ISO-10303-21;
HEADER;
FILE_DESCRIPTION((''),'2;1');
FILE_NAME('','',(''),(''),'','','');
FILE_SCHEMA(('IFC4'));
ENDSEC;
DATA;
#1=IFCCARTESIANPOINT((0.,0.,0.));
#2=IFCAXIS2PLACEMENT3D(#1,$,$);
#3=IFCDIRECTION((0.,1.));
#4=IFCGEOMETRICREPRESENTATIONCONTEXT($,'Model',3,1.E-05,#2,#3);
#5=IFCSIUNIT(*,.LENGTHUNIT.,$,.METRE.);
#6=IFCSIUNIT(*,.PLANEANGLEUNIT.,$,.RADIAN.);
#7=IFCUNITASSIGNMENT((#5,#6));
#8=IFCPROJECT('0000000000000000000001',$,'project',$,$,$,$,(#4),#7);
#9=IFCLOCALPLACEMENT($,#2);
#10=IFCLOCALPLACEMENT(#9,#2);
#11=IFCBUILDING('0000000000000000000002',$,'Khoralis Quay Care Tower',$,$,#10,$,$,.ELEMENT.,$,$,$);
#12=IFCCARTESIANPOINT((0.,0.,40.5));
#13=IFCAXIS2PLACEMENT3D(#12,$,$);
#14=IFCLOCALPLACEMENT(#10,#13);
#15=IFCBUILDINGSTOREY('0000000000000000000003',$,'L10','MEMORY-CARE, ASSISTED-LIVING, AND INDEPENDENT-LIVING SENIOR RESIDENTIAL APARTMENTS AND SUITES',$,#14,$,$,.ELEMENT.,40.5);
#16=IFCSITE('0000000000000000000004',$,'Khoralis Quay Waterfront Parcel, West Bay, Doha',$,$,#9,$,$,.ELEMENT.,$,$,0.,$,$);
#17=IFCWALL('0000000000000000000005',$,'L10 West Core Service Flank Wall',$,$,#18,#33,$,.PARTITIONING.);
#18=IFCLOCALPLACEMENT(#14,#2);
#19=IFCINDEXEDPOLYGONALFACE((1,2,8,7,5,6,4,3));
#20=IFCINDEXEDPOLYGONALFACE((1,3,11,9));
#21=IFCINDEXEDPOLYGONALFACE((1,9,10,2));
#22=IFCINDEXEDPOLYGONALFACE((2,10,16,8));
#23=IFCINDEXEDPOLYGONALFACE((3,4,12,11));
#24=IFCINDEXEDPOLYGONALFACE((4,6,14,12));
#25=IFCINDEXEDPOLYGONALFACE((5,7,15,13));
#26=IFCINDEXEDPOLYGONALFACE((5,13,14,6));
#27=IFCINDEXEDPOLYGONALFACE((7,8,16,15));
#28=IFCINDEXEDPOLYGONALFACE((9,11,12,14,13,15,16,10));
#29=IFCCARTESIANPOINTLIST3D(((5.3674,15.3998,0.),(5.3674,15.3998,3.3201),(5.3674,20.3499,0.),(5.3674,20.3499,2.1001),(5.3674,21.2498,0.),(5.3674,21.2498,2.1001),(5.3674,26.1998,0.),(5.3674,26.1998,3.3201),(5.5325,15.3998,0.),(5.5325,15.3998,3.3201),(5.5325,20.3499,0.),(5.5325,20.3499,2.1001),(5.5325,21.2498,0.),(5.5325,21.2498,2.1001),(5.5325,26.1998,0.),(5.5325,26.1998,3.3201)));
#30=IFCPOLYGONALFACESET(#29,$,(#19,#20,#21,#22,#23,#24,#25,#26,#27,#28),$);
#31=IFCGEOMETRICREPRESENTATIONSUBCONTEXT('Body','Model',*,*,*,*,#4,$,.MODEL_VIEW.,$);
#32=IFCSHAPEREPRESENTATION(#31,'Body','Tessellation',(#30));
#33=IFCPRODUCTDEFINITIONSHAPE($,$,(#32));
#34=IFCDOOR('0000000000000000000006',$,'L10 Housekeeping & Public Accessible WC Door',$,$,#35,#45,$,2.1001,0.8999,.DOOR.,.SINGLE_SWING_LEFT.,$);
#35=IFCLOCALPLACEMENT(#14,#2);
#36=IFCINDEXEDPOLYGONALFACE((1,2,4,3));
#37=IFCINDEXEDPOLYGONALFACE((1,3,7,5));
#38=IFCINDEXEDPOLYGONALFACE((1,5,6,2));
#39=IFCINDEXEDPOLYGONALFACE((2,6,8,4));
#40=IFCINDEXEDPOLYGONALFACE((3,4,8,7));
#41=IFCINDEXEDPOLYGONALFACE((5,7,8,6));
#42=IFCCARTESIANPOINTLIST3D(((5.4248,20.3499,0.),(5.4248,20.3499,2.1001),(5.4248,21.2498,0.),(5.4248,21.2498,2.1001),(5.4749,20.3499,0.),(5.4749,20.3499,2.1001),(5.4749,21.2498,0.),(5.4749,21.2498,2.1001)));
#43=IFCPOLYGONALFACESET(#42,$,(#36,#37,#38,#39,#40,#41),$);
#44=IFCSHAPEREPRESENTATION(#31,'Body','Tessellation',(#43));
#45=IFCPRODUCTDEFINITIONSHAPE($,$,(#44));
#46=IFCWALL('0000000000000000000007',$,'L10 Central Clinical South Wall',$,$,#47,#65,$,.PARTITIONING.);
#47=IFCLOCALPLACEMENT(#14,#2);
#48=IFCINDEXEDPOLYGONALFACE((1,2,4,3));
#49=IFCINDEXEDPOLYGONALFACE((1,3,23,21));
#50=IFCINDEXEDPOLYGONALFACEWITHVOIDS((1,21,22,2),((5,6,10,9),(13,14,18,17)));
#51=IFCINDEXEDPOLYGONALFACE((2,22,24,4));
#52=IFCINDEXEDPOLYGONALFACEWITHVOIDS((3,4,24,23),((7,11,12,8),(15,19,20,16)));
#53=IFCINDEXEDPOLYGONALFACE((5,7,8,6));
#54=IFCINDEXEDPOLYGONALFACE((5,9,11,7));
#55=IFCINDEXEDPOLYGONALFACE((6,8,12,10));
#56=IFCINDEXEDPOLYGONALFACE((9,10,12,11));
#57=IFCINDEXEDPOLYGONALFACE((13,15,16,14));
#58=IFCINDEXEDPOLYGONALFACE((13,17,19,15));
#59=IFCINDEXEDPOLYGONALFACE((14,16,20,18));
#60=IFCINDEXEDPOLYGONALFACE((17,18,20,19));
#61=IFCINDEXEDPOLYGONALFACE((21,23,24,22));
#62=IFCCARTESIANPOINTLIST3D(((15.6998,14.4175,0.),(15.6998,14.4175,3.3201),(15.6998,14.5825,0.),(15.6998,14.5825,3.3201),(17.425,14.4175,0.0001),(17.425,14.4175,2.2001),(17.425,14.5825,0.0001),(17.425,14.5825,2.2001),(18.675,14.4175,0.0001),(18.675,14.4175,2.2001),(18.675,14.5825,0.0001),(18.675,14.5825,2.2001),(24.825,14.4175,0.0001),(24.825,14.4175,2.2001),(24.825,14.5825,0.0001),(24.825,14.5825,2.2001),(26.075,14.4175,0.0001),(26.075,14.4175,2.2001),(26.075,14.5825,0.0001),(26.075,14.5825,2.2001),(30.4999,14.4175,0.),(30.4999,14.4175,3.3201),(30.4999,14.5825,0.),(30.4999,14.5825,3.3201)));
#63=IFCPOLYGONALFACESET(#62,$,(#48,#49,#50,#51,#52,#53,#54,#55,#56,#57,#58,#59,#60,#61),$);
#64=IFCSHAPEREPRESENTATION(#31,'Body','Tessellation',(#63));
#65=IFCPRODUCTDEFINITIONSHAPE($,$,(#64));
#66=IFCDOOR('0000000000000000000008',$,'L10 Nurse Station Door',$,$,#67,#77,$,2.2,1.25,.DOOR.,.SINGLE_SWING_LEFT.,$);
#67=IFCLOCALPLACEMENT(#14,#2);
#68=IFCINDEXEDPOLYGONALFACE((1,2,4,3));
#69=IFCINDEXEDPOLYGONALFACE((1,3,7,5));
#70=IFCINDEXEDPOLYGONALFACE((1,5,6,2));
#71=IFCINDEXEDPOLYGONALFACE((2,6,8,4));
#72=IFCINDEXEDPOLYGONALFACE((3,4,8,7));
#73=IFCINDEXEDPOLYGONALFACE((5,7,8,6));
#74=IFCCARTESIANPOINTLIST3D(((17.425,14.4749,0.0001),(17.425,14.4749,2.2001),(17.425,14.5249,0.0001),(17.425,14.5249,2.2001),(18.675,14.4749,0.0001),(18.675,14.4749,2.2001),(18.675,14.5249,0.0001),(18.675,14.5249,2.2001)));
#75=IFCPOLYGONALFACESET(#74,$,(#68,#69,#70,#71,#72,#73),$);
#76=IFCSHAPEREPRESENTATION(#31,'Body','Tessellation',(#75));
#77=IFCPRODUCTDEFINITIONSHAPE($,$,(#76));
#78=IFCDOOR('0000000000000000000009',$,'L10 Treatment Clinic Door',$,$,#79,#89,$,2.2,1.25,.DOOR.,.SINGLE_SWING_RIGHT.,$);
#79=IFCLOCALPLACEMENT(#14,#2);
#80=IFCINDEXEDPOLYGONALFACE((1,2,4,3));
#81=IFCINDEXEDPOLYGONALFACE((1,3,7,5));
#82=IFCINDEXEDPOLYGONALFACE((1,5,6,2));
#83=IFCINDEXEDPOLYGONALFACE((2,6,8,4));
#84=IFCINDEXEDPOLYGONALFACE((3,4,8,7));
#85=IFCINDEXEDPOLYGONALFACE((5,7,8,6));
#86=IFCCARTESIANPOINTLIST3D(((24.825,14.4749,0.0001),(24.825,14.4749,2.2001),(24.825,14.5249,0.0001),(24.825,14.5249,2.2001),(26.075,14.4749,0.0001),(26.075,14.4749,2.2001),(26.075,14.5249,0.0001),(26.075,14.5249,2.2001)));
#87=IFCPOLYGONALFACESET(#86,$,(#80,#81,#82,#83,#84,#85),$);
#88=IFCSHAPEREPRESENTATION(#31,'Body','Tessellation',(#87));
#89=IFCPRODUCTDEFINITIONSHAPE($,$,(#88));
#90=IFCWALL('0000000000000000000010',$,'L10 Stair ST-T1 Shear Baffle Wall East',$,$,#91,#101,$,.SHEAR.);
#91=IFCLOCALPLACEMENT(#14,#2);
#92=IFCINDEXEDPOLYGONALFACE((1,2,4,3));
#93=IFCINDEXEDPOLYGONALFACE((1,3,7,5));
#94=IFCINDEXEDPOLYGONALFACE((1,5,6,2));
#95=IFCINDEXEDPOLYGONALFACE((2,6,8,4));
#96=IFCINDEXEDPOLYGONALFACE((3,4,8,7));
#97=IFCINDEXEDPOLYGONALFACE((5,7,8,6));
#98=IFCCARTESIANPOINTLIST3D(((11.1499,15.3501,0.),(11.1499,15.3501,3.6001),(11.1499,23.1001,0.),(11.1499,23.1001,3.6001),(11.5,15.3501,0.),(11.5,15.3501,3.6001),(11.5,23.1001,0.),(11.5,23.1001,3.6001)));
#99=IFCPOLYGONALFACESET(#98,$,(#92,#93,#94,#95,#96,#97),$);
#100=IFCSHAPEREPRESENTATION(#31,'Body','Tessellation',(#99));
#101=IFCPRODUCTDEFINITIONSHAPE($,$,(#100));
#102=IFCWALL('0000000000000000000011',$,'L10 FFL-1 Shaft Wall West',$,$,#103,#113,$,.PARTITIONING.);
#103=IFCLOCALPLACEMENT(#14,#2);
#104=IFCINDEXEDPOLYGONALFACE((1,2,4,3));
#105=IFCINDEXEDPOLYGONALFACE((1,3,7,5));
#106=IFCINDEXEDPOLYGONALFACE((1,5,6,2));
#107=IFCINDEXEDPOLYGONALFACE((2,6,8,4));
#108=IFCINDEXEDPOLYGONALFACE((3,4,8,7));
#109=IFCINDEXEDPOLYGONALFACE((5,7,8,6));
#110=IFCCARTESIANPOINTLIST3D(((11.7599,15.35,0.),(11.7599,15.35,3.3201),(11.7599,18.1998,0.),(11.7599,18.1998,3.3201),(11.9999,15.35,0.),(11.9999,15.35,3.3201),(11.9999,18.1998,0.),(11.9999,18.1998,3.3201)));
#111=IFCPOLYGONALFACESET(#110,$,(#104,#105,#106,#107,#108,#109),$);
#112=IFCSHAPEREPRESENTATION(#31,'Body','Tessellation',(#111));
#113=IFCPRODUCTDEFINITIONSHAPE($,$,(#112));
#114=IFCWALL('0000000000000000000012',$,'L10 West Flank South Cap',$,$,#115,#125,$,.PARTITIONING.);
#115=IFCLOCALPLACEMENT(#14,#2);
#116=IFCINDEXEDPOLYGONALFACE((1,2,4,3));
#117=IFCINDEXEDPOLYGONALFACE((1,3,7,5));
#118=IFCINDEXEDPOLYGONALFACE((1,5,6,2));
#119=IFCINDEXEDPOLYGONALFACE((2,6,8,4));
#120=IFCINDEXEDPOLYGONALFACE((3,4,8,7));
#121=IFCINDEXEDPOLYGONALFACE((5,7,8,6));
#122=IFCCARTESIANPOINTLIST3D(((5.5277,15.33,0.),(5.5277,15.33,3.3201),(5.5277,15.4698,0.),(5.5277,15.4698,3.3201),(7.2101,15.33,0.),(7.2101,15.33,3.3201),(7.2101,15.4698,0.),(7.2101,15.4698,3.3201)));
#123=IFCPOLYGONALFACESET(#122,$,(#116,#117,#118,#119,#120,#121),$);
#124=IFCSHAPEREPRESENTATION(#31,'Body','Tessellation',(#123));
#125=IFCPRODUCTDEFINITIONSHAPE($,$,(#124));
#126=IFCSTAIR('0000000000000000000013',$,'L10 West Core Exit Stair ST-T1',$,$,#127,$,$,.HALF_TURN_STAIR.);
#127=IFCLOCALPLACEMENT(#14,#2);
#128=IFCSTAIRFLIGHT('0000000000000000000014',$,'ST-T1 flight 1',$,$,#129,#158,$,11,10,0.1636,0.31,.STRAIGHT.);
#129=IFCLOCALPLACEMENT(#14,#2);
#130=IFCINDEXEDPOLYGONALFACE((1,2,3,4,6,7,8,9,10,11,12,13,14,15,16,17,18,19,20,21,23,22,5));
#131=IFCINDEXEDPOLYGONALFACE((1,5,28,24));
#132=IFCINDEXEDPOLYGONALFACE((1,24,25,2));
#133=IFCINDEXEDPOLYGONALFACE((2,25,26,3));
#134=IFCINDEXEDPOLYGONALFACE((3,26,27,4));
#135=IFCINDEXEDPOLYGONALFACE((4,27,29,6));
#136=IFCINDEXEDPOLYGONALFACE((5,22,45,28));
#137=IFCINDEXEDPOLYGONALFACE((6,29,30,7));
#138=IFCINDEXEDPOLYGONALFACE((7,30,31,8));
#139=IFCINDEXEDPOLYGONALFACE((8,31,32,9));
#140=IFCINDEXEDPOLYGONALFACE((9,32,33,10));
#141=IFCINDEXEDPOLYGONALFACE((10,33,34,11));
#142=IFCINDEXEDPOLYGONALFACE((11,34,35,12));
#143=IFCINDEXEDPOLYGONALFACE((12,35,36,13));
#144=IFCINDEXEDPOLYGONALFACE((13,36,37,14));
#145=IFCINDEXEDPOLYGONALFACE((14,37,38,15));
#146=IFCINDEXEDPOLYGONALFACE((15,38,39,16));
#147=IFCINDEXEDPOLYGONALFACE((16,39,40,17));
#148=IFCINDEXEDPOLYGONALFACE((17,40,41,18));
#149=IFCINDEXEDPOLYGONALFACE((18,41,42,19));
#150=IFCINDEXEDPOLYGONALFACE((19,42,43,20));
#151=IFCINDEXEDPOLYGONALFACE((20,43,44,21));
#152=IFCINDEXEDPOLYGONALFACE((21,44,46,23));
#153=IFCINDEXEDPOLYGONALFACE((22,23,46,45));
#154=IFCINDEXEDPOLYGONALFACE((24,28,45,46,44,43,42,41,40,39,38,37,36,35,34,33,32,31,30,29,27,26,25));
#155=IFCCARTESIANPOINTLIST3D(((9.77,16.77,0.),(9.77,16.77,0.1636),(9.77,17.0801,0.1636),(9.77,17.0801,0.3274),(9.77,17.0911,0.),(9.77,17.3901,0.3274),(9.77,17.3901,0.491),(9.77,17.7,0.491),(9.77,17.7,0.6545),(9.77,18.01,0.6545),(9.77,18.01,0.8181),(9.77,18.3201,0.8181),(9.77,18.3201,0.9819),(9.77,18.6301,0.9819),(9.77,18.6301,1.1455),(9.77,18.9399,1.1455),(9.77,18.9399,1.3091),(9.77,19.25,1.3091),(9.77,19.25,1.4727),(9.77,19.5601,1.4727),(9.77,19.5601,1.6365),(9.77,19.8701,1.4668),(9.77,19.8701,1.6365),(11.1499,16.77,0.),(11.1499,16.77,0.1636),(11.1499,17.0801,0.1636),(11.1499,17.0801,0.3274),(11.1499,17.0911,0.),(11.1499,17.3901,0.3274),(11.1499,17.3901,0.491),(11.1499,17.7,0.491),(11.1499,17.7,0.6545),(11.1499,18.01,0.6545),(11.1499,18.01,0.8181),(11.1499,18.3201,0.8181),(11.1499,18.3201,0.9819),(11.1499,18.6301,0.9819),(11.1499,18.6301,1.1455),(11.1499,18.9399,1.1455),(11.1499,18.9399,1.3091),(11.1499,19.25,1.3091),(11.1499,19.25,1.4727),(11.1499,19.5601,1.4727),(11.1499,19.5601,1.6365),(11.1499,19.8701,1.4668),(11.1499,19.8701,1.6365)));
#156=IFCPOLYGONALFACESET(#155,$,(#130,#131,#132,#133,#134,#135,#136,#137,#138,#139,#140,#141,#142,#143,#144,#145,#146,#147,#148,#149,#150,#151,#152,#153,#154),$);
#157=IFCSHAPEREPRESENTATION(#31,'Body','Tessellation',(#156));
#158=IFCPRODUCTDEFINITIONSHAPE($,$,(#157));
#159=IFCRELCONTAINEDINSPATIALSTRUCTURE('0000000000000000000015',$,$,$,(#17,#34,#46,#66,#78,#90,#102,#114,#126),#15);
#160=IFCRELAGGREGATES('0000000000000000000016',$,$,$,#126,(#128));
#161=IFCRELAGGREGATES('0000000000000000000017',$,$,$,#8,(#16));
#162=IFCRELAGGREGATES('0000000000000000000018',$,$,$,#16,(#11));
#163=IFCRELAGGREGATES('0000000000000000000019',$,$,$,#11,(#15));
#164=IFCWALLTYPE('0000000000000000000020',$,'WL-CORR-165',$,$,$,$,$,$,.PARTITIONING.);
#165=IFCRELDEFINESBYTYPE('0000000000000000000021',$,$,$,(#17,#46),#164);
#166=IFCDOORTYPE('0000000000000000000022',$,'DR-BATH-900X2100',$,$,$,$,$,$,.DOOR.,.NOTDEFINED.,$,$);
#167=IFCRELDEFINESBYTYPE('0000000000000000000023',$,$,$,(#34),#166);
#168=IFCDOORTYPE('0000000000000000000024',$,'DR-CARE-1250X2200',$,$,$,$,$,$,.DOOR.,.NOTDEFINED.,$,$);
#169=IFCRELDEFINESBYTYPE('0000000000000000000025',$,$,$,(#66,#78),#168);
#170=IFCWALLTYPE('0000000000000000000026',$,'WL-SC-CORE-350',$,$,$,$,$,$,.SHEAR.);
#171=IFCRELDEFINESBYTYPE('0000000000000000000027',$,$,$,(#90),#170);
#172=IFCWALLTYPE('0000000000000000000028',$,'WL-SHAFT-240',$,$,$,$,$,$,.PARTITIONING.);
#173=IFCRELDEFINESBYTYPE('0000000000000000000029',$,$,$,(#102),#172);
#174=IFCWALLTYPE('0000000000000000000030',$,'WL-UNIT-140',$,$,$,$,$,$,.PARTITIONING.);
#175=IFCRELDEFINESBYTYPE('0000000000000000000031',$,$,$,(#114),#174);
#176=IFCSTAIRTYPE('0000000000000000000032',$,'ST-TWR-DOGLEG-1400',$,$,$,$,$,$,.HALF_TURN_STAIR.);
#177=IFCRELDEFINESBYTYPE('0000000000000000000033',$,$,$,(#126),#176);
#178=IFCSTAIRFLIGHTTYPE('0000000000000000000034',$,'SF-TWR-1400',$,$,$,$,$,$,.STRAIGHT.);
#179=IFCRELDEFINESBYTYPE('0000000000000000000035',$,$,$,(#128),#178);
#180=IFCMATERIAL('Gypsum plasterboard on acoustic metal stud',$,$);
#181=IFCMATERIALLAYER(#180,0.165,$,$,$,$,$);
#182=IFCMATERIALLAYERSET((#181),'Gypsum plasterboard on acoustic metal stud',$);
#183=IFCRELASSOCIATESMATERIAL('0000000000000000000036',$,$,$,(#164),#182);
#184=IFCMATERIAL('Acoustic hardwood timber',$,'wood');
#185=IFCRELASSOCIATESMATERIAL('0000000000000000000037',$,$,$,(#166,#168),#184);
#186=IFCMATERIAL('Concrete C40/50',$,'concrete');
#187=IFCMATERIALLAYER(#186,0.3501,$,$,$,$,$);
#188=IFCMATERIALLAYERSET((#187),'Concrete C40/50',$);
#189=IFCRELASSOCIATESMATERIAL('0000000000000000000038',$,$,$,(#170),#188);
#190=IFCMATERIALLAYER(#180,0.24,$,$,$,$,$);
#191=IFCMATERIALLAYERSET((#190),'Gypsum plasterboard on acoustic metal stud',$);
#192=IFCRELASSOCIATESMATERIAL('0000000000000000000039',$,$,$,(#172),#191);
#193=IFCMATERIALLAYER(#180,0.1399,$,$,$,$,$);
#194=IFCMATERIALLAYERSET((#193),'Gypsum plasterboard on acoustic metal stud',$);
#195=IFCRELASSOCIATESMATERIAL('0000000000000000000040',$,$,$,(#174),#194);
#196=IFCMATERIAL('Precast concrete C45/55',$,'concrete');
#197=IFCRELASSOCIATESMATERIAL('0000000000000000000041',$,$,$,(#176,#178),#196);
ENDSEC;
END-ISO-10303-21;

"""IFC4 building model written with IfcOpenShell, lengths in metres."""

from ifc_helpers import new_model, si_unit, direction, frame, frame_2d, origin, place, context, subcontext, project, spatial, polyline, rectangle, outline, extrude, source, transform, mapped, material, layer, layer_set, type_object, element, fill, aggregate, save


model = new_model("IFC4")

# Units and contexts
model_context = context("Model", 3, precision=1e-05, world=origin(), true_north=direction((0.0, 1.0)))
body_context = subcontext(model_context, "Body", "Model", "MODEL_VIEW")
ifc_project = project(units=[si_unit("LENGTHUNIT", "METRE"), si_unit("PLANEANGLEUNIT", "RADIAN")], contexts=[model_context])

# Site, building, storey
site_placement = place(None, origin())
site = spatial("IfcSite", under=ifc_project, at=site_placement, Name="Khoralis Quay Waterfront Parcel, West Bay, Doha", CompositionType="ELEMENT", RefElevation=0.0)
building_placement = place(site_placement, origin())
building = spatial("IfcBuilding", under=site, at=building_placement, Name="Khoralis Quay Care Tower", CompositionType="ELEMENT")
storey_placement = place(building_placement, frame((0.0, 0.0, 40.5)))
storey = spatial("IfcBuildingStorey", under=building, at=storey_placement, Name="L10", Description="MEMORY-CARE, ASSISTED-LIVING, AND INDEPENDENT-LIVING SENIOR RESIDENTIAL APARTMENTS AND SUITES", CompositionType="ELEMENT", Elevation=40.5)

# Wall, opening, door
ifc_material_1 = material(Name="Gypsum plasterboard on acoustic metal stud")
ifc_layer_1 = layer(ifc_material_1, 0.165)
ifc_layer_set_1 = layer_set([ifc_layer_1], Name="Gypsum plasterboard on acoustic metal stud")
wall_type_1 = type_object("IfcWallType", Name="WL-CORR-165", PredefinedType="PARTITIONING", material=ifc_layer_set_1)
wall_1_placement = place(storey_placement, frame((5.45, 15.3999, 0.0), z_axis=(0.0, 0.0, 1.0), x_axis=(0.0, 1.0, 0.0)))
wall_1 = element("IfcWall", 1, at=wall_1_placement, inside=storey, type_object=wall_type_1, Name="L10 West Core Service Flank Wall", PredefinedType="PARTITIONING", context=body_context, shape_type="SweptSolid", body=[
    extrude(rectangle(XDim=10.8, YDim=0.165, at=frame_2d((5.3999, 0.0))), origin(), (0.0, 0.0, 1.0), 3.3201),
])
opening_1_placement = place(wall_1_placement, frame((4.95, 0.0, 0.0)))
opening_1 = element("IfcOpeningElement", 2, at=opening_1_placement, cuts=wall_1, PredefinedType="OPENING", context=body_context, shape_type="SweptSolid", body=[
    extrude(rectangle(XDim=0.8999, YDim=2.1001, at=frame_2d((0.45, 1.05))), frame((0.0, 0.0925, 0.0), z_axis=(0.0, -1.0, 0.0), x_axis=(1.0, 0.0, 0.0)), (0.0, 0.0, 1.0), 0.1851),
])
ifc_material_2 = material(Name="Acoustic hardwood timber", Category="wood")
door_type_1 = type_object("IfcDoorType", Name="DR-BATH-900X2100", OperationType="NOTDEFINED", PredefinedType="DOOR", material=ifc_material_2)
shared_shape_1 = source(origin(), body_context, "Body", "SweptSolid", [
    extrude(rectangle(XDim=0.8999, YDim=2.1001, at=frame_2d((0.45, 1.05))), frame((0.0, 0.0249, 0.0), z_axis=(0.0, -1.0, 0.0), x_axis=(1.0, 0.0, 0.0)), (0.0, 0.0, 1.0), 0.05),
])
door_1_placement = place(opening_1_placement, frame((0.8999, 0.0, 0.0), z_axis=(0.0, 0.0, 1.0), x_axis=(-1.0, 0.0, 0.0)))
door_1 = element("IfcDoor", 3, at=door_1_placement, inside=storey, type_object=door_type_1, Name="L10 Housekeeping & Public Accessible WC Door", OperationType="SINGLE_SWING_LEFT", OverallHeight=2.1001, OverallWidth=0.8999, PredefinedType="DOOR", context=body_context, shape_type="MappedRepresentation", body=[
    mapped(shared_shape_1, transform((0.0, 0.0, 0.0), scale=1.0)),
])
fill(opening_1, door_1)

# Wall, openings, doors
wall_2_placement = place(storey_placement, frame((15.7, 14.5, 0.0), z_axis=(0.0, 0.0, 1.0), x_axis=(1.0, 0.0, 0.0)))
wall_2 = element("IfcWall", 4, at=wall_2_placement, inside=storey, type_object=wall_type_1, Name="L10 Central Clinical South Wall", PredefinedType="PARTITIONING", context=body_context, shape_type="SweptSolid", body=[
    extrude(rectangle(XDim=14.8, YDim=0.165, at=frame_2d((7.3999, 0.0))), origin(), (0.0, 0.0, 1.0), 3.3201),
])
opening_2_placement = place(wall_2_placement, frame((1.7251, 0.0, 0.0)))
opening_2 = element("IfcOpeningElement", 5, at=opening_2_placement, cuts=wall_2, PredefinedType="OPENING", context=body_context, shape_type="SweptSolid", body=[
    extrude(rectangle(XDim=1.25, YDim=2.2, at=frame_2d((0.625, 1.1001))), frame((0.0, 0.0925, 0.0), z_axis=(0.0, -1.0, 0.0), x_axis=(1.0, 0.0, 0.0)), (0.0, 0.0, 1.0), 0.1851),
])
opening_3_placement = place(wall_2_placement, frame((9.125, 0.0, 0.0)))
opening_3 = element("IfcOpeningElement", 6, at=opening_3_placement, cuts=wall_2, PredefinedType="OPENING", context=body_context, shape_type="SweptSolid", body=[
    extrude(rectangle(XDim=1.25, YDim=2.2, at=frame_2d((0.625, 1.1001))), frame((0.0, 0.0925, 0.0), z_axis=(0.0, -1.0, 0.0), x_axis=(1.0, 0.0, 0.0)), (0.0, 0.0, 1.0), 0.1851),
])
door_type_2 = type_object("IfcDoorType", Name="DR-CARE-1250X2200", OperationType="NOTDEFINED", PredefinedType="DOOR", material=ifc_material_2)
shared_shape_2 = source(origin(), body_context, "Body", "SweptSolid", [
    extrude(rectangle(XDim=1.25, YDim=2.2, at=frame_2d((0.625, 1.1001))), frame((0.0, 0.0249, 0.0), z_axis=(0.0, -1.0, 0.0), x_axis=(1.0, 0.0, 0.0)), (0.0, 0.0, 1.0), 0.05),
])
door_2_placement = place(opening_2_placement, origin())
door_2 = element("IfcDoor", 7, at=door_2_placement, inside=storey, type_object=door_type_2, Name="L10 Nurse Station Door", OperationType="SINGLE_SWING_LEFT", OverallHeight=2.2, OverallWidth=1.25, PredefinedType="DOOR", context=body_context, shape_type="MappedRepresentation", body=[
    mapped(shared_shape_2, transform((0.0, 0.0, 0.0), scale=1.0)),
])
fill(opening_2, door_2)
door_3_placement = place(opening_3_placement, origin())
door_3 = element("IfcDoor", 8, at=door_3_placement, inside=storey, type_object=door_type_2, Name="L10 Treatment Clinic Door", OperationType="SINGLE_SWING_RIGHT", OverallHeight=2.2, OverallWidth=1.25, PredefinedType="DOOR", context=body_context, shape_type="MappedRepresentation", body=[
    mapped(shared_shape_2, transform((0.0, 0.0, 0.0), scale=1.0)),
])
fill(opening_3, door_3)

# Walls
ifc_material_3 = material(Name="Concrete C40/50", Category="concrete")
ifc_layer_2 = layer(ifc_material_3, 0.3501)
ifc_layer_set_2 = layer_set([ifc_layer_2], Name="Concrete C40/50")
wall_type_2 = type_object("IfcWallType", Name="WL-SC-CORE-350", PredefinedType="SHEAR", material=ifc_layer_set_2)
wall_3_placement = place(storey_placement, frame((11.325, 15.3501, 0.0), z_axis=(0.0, 0.0, 1.0), x_axis=(0.0, 1.0, 0.0)))
element("IfcWall", 9, at=wall_3_placement, inside=storey, type_object=wall_type_2, Name="L10 Stair ST-T1 Shear Baffle Wall East", PredefinedType="SHEAR", context=body_context, shape_type="SweptSolid", body=[
    extrude(rectangle(XDim=7.75, YDim=0.3501, at=frame_2d((3.875, 0.0))), origin(), (0.0, 0.0, 1.0), 3.6001),
])
ifc_layer_3 = layer(ifc_material_1, 0.24)
ifc_layer_set_3 = layer_set([ifc_layer_3], Name="Gypsum plasterboard on acoustic metal stud")
wall_type_3 = type_object("IfcWallType", Name="WL-SHAFT-240", PredefinedType="PARTITIONING", material=ifc_layer_set_3)
wall_4_placement = place(storey_placement, frame((11.8799, 15.3501, 0.0), z_axis=(0.0, 0.0, 1.0), x_axis=(0.0, 1.0, 0.0)))
element("IfcWall", 10, at=wall_4_placement, inside=storey, type_object=wall_type_3, Name="L10 FFL-1 Shaft Wall West", PredefinedType="PARTITIONING", context=body_context, shape_type="SweptSolid", body=[
    extrude(rectangle(XDim=2.8499, YDim=0.24, at=frame_2d((1.4248, 0.0))), origin(), (0.0, 0.0, 1.0), 3.3201),
])
ifc_layer_4 = layer(ifc_material_1, 0.1399)
ifc_layer_set_4 = layer_set([ifc_layer_4], Name="Gypsum plasterboard on acoustic metal stud")
wall_type_4 = type_object("IfcWallType", Name="WL-UNIT-140", PredefinedType="PARTITIONING", material=ifc_layer_set_4)
wall_5_placement = place(storey_placement, frame((5.5276, 15.3999, 0.0), z_axis=(0.0, 0.0, 1.0), x_axis=(1.0, 0.0, 0.0)))
element("IfcWall", 11, at=wall_5_placement, inside=storey, type_object=wall_type_4, Name="L10 West Flank South Cap", PredefinedType="PARTITIONING", context=body_context, shape_type="SweptSolid", body=[
    extrude(rectangle(XDim=1.6824, YDim=0.1399, at=frame_2d((0.8413, 0.0))), origin(), (0.0, 0.0, 1.0), 3.3201),
])

# Stair, stair flight
ifc_material_4 = material(Name="Precast concrete C45/55", Category="concrete")
stair_type = type_object("IfcStairType", Name="ST-TWR-DOGLEG-1400", PredefinedType="HALF_TURN_STAIR", material=ifc_material_4)
stair_placement = place(storey_placement, origin())
stair = element("IfcStair", 12, at=stair_placement, inside=storey, type_object=stair_type, Name="L10 West Core Exit Stair ST-T1", PredefinedType="HALF_TURN_STAIR")
stair_flight_type = type_object("IfcStairFlightType", Name="SF-TWR-1400", PredefinedType="STRAIGHT", material=ifc_material_4)
shared_shape_3 = source(origin(), body_context, "Body", "SweptSolid", [
    extrude(outline(polyline([(0.0, 0.0), (0.0, 0.1636), (0.3101, 0.1636), (0.3101, 0.3274), (0.6201, 0.3274), (0.6201, 0.491), (0.9299, 0.491), (0.9299, 0.6545), (1.24, 0.6545), (1.24, 0.8181), (1.55, 0.8181), (1.55, 0.9819), (1.8601, 0.9819), (1.8601, 1.1455), (2.1699, 1.1455), (2.1699, 1.3091), (2.48, 1.3091), (2.48, 1.4727), (2.79, 1.4727), (2.79, 1.6365), (3.1001, 1.6365), (3.1001, 1.8), (3.1001, 1.4668), (0.321, 0.0), (0.0, 0.0)])), frame((0.0, 0.6899, 0.0), z_axis=(0.0, -1.0, 0.0), x_axis=(1.0, 0.0, 0.0)), (0.0, 0.0, 1.0), 1.3799),
])
stair_flight_placement = place(storey_placement, frame((10.46, 16.77, 0.0), z_axis=(0.0, 0.0, 1.0), x_axis=(0.0, 1.0, 0.0)))
stair_flight = element("IfcStairFlight", 13, at=stair_flight_placement, type_object=stair_flight_type, Name="ST-T1 flight 1", NumberOfRisers=11, NumberOfTreads=10, PredefinedType="STRAIGHT", RiserHeight=0.1636, TreadLength=0.31, context=body_context, shape_type="MappedRepresentation", body=[
    mapped(shared_shape_3, transform((0.0, 0.0, 0.0), scale=1.0)),
])
aggregate(stair, [stair_flight])

save(model, "model.ifc")
